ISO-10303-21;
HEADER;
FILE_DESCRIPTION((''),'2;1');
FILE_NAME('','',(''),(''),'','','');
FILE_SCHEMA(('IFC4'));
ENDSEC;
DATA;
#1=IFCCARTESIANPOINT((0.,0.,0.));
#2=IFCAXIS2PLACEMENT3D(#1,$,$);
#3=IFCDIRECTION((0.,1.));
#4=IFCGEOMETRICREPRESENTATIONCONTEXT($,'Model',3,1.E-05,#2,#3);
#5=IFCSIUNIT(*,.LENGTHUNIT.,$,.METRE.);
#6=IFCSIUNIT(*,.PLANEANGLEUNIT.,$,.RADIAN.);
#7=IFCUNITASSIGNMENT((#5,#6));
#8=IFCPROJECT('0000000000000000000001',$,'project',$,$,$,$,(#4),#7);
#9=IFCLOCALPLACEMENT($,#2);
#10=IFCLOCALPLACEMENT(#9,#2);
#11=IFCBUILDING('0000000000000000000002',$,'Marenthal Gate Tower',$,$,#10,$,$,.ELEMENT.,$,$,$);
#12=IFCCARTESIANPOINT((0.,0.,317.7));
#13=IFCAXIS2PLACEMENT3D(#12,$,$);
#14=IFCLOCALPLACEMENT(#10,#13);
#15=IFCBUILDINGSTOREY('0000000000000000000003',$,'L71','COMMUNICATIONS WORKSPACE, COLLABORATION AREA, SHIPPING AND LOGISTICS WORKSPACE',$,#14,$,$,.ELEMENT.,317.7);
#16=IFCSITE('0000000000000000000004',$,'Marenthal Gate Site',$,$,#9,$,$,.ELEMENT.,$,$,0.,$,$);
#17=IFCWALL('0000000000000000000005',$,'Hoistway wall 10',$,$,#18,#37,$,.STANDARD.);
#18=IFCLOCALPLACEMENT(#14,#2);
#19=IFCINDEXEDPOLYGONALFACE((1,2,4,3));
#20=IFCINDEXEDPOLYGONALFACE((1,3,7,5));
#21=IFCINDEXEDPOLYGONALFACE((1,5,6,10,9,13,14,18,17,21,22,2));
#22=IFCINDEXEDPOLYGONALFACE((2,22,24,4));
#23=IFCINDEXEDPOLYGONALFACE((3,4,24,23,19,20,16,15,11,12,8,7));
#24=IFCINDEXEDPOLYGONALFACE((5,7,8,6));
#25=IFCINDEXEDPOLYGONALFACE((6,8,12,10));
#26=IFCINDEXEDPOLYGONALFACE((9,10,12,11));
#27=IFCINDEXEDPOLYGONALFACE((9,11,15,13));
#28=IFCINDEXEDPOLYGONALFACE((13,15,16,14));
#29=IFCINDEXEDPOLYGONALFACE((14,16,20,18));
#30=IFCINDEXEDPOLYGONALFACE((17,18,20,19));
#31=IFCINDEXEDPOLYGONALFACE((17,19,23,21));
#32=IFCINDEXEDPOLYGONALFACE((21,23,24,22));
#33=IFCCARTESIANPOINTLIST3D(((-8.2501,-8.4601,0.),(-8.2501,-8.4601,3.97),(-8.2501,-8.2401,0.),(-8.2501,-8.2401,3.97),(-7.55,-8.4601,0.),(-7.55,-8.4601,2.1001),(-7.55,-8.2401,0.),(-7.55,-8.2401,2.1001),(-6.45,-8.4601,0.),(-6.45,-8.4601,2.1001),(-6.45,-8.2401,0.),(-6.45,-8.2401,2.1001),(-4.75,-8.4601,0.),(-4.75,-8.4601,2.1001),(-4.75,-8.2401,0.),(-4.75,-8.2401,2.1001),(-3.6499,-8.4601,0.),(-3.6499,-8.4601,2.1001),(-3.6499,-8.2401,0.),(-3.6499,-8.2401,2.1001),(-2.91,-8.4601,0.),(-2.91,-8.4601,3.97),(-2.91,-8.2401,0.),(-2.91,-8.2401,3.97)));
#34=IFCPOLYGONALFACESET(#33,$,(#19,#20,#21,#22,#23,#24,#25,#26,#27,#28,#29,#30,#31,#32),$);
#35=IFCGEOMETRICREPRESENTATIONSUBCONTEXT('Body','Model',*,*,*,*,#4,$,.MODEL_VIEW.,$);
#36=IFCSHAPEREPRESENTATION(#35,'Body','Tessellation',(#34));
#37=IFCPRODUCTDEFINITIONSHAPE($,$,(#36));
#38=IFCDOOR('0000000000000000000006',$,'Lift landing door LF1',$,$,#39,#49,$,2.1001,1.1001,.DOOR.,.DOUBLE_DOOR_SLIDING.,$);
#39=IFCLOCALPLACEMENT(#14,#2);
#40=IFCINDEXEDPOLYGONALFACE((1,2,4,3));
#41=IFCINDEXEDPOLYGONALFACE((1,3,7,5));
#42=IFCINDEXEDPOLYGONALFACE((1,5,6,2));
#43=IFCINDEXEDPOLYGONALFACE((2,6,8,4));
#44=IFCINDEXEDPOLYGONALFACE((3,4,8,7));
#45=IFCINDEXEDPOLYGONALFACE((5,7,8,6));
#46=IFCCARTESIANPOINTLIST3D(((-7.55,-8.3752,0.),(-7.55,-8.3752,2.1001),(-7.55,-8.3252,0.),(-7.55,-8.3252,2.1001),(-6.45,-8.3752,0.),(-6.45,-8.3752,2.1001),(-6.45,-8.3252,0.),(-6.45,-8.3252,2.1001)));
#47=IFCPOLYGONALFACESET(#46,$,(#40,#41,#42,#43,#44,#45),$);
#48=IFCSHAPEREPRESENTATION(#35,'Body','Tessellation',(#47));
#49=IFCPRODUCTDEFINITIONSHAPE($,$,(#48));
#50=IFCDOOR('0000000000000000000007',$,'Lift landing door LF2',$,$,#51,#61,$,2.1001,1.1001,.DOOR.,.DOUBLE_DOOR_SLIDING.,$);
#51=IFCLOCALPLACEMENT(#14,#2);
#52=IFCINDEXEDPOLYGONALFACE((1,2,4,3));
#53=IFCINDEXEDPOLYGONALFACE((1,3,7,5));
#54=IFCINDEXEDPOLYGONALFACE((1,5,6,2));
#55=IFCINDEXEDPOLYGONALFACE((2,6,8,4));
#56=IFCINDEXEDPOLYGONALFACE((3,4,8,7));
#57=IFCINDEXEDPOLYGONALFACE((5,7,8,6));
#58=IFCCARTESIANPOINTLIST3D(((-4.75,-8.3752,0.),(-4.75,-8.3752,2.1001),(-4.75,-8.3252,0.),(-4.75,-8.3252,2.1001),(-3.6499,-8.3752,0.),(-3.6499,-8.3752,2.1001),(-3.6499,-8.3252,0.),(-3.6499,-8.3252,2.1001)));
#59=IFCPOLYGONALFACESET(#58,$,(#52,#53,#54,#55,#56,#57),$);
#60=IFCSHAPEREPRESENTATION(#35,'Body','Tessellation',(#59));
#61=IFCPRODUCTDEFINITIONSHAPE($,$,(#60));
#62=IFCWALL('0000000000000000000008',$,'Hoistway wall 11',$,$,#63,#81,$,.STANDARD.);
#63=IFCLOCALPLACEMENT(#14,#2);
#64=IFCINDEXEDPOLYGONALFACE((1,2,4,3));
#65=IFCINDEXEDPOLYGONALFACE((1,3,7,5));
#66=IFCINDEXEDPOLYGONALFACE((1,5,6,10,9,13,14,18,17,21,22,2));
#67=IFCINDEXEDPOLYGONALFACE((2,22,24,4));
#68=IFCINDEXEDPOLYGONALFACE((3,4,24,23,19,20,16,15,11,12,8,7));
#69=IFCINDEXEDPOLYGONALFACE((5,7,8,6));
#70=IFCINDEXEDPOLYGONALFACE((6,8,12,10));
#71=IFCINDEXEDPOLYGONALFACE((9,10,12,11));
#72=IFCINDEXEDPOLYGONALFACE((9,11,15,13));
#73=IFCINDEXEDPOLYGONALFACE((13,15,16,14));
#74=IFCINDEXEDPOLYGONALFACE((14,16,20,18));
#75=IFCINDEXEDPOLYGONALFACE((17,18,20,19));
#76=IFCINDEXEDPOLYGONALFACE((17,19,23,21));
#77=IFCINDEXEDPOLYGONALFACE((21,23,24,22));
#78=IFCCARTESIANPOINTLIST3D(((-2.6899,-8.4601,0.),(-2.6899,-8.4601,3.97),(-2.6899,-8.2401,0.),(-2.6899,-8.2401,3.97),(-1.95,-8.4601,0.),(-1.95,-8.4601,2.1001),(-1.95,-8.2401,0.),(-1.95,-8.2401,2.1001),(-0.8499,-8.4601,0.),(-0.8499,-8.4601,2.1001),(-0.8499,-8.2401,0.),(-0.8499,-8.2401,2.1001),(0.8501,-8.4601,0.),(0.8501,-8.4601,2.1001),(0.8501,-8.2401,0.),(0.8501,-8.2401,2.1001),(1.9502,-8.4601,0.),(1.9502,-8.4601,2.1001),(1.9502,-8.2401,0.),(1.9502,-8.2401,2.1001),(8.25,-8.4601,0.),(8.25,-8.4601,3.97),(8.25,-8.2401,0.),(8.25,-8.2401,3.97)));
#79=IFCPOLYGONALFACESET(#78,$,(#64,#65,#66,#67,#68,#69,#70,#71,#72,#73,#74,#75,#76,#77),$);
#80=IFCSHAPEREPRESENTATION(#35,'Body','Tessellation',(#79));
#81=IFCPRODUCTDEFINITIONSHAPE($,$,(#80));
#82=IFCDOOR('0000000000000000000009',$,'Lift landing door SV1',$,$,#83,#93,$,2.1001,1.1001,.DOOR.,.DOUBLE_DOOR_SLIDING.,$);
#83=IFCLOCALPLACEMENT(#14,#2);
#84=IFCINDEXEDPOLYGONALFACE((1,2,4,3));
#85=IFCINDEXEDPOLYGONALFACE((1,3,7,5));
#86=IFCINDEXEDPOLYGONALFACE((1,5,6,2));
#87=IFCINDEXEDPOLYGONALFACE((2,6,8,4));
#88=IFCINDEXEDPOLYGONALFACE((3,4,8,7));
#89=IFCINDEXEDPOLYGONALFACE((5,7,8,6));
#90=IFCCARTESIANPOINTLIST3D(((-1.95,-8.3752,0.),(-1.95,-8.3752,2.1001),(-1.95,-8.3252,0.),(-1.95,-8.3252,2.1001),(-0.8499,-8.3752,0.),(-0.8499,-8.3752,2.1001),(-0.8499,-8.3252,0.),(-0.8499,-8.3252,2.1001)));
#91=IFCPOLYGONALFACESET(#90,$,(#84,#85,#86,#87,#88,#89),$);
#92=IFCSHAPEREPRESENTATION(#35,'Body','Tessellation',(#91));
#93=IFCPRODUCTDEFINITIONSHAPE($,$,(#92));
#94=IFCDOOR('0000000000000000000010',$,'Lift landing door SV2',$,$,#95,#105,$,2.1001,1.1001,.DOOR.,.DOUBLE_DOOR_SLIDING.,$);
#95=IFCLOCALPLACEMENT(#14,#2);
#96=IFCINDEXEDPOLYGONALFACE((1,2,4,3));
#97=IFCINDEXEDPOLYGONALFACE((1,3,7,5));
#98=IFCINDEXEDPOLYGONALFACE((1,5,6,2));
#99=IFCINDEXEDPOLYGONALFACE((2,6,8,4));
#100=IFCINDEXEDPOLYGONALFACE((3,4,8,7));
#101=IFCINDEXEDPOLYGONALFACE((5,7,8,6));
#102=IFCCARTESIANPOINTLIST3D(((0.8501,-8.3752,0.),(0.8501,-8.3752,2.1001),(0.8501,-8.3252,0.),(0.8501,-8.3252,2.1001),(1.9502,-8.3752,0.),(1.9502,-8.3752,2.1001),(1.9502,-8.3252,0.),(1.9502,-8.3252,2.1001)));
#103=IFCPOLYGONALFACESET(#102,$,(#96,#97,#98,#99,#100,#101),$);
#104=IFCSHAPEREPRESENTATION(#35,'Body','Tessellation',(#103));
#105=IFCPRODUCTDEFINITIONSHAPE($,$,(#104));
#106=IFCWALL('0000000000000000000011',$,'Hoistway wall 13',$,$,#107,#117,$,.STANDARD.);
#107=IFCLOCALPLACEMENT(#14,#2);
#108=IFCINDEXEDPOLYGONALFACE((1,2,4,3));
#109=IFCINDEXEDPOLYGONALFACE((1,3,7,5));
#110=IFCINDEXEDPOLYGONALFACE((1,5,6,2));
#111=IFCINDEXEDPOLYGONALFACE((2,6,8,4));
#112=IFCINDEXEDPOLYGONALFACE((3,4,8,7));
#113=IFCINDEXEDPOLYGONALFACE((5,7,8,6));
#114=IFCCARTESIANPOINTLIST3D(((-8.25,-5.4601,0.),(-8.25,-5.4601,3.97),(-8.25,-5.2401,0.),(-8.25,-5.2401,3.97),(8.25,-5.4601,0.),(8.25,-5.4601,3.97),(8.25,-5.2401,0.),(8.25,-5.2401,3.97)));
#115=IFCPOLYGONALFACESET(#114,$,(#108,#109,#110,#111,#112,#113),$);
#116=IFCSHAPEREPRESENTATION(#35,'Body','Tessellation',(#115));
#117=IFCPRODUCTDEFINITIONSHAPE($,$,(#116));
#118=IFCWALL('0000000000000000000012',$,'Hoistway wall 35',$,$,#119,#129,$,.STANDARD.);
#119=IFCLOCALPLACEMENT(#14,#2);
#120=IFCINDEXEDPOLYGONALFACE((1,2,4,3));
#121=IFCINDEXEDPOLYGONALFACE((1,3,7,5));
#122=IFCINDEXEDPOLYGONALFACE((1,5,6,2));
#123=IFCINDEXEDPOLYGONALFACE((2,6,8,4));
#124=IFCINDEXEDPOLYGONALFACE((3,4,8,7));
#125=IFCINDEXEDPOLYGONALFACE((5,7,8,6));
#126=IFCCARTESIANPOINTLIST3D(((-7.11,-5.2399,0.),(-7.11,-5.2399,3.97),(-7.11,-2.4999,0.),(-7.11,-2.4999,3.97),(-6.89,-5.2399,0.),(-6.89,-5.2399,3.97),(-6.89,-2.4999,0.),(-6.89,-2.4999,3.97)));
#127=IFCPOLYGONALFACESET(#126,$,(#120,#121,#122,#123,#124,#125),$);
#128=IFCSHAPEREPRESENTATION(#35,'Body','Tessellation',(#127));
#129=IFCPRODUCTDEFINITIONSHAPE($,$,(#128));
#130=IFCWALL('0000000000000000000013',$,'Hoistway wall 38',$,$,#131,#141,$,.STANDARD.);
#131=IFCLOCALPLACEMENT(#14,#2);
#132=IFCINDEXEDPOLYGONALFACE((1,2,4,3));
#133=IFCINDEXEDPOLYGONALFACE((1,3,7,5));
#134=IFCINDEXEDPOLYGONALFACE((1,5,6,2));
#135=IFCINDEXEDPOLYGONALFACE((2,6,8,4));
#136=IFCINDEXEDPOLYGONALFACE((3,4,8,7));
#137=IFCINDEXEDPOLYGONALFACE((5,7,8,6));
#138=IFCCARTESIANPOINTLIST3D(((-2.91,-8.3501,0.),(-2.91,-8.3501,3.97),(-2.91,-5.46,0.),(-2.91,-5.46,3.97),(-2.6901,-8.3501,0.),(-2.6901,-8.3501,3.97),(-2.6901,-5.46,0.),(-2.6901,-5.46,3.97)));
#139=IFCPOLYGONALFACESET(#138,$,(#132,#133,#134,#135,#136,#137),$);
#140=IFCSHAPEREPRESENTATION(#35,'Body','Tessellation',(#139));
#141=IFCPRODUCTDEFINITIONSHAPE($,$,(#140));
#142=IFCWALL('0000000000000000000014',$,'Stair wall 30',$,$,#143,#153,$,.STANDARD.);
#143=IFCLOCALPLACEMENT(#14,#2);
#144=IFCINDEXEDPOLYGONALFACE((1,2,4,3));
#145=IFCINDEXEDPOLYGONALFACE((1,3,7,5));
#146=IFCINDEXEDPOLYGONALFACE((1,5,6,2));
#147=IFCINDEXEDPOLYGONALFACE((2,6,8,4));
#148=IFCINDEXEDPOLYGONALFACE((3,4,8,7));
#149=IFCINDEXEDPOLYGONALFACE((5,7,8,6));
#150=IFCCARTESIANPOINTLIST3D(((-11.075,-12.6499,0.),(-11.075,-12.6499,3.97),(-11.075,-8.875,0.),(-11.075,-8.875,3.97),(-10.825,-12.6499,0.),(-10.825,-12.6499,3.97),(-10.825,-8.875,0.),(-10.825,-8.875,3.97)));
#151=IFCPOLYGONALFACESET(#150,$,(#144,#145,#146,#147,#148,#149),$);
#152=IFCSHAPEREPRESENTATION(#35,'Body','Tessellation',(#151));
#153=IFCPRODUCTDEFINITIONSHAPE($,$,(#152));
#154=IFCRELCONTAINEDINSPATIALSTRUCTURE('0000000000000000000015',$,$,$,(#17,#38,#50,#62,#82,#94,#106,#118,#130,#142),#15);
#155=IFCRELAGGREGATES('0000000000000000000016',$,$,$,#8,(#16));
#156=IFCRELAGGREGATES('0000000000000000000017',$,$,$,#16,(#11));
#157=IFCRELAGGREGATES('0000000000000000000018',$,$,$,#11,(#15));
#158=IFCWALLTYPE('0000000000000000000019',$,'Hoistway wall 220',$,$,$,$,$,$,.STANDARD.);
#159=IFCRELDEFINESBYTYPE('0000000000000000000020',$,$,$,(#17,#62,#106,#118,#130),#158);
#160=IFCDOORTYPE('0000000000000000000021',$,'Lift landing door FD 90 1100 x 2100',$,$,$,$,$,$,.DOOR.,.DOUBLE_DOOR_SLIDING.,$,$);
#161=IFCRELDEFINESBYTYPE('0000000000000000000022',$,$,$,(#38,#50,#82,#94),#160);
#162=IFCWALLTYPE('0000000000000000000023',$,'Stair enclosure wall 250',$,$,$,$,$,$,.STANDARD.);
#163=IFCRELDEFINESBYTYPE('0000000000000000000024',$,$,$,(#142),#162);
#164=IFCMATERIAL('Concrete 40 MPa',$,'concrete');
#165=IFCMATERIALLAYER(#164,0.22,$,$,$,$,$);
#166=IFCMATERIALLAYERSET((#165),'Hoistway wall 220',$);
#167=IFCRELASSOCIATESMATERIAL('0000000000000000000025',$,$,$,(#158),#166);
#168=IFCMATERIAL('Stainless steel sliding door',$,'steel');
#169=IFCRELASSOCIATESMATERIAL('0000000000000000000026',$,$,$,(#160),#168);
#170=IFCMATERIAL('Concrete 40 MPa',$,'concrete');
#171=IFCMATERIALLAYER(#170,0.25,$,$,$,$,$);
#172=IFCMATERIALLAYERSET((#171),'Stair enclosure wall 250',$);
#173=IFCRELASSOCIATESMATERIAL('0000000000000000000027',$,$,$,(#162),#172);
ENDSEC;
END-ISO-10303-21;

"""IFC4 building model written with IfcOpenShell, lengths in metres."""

from ifc_helpers import new_model, si_unit, direction, frame, frame_2d, origin, place, context, subcontext, project, spatial, rectangle, extrude, material, layer, layer_set, type_object, element, fill, save


model = new_model("IFC4")

# Units and contexts
model_context = context("Model", 3, precision=1e-05, world=origin(), true_north=direction((0.0, 1.0)))
body_context = subcontext(model_context, "Body", "Model", "MODEL_VIEW")
ifc_project = project(units=[si_unit("LENGTHUNIT", "METRE"), si_unit("PLANEANGLEUNIT", "RADIAN")], contexts=[model_context])

# Site, building, storey
site_placement = place(None, origin())
site = spatial("IfcSite", under=ifc_project, at=site_placement, Name="Marenthal Gate Site", CompositionType="ELEMENT", RefElevation=0.0)
building_placement = place(site_placement, origin())
building = spatial("IfcBuilding", under=site, at=building_placement, Name="Marenthal Gate Tower", CompositionType="ELEMENT")
storey_placement = place(building_placement, frame((0.0, 0.0, 317.7)))
storey = spatial("IfcBuildingStorey", under=building, at=storey_placement, Name="L71", Description="COMMUNICATIONS WORKSPACE, COLLABORATION AREA, SHIPPING AND LOGISTICS WORKSPACE", CompositionType="ELEMENT", Elevation=317.7)

# Walls, openings, doors
ifc_material_1 = material(Name="Concrete 40 MPa", Category="concrete")
ifc_layer_1 = layer(ifc_material_1, 0.22)
ifc_layer_set_1 = layer_set([ifc_layer_1], Name="Hoistway wall 220")
wall_type_1 = type_object("IfcWallType", Name="Hoistway wall 220", PredefinedType="STANDARD", material=ifc_layer_set_1)
wall_1_placement = place(storey_placement, frame((-8.25, -8.3501, 0.0), z_axis=(0.0, 0.0, 1.0), x_axis=(1.0, 0.0, 0.0)))
wall_1 = element("IfcWall", 1, at=wall_1_placement, inside=storey, type_object=wall_type_1, Name="Hoistway wall 10", PredefinedType="STANDARD", context=body_context, shape_type="SweptSolid", body=[
    extrude(rectangle(XDim=5.3401, YDim=0.22, at=frame_2d((2.6699, 0.0))), origin(), (0.0, 0.0, 1.0), 3.97),
])
opening_1_placement = place(wall_1_placement, frame((0.7, 0.0, 0.0)))
opening_1 = element("IfcOpeningElement", 2, at=opening_1_placement, cuts=wall_1, PredefinedType="OPENING", context=body_context, shape_type="SweptSolid", body=[
    extrude(rectangle(XDim=1.1001, YDim=2.1001, at=frame_2d((0.55, 1.05))), frame((0.0, 0.1201, 0.0), z_axis=(0.0, -1.0, 0.0), x_axis=(1.0, 0.0, 0.0)), (0.0, 0.0, 1.0), 0.24),
])
opening_2_placement = place(wall_1_placement, frame((3.5, 0.0, 0.0)))
opening_2 = element("IfcOpeningElement", 3, at=opening_2_placement, cuts=wall_1, PredefinedType="OPENING", context=body_context, shape_type="SweptSolid", body=[
    extrude(rectangle(XDim=1.1001, YDim=2.1001, at=frame_2d((0.55, 1.05))), frame((0.0, 0.1201, 0.0), z_axis=(0.0, -1.0, 0.0), x_axis=(1.0, 0.0, 0.0)), (0.0, 0.0, 1.0), 0.24),
])
ifc_material_2 = material(Name="Stainless steel sliding door", Category="steel")
door_type_1 = type_object("IfcDoorType", Name="Lift landing door FD 90 1100 x 2100", OperationType="DOUBLE_DOOR_SLIDING", PredefinedType="DOOR", material=ifc_material_2)
door_1_placement = place(opening_1_placement, origin())
door_1 = element("IfcDoor", 4, at=door_1_placement, inside=storey, type_object=door_type_1, Name="Lift landing door LF1", OperationType="DOUBLE_DOOR_SLIDING", OverallHeight=2.1001, OverallWidth=1.1001, PredefinedType="DOOR", context=body_context, shape_type="SweptSolid", body=[
    extrude(rectangle(XDim=1.1001, YDim=2.1001, at=frame_2d((0.55, 1.05))), frame((0.0, 0.0249, 0.0), z_axis=(0.0, -1.0, 0.0), x_axis=(1.0, 0.0, 0.0)), (0.0, 0.0, 1.0), 0.05),
])
fill(opening_1, door_1)
door_2_placement = place(opening_2_placement, origin())
door_2 = element("IfcDoor", 5, at=door_2_placement, inside=storey, type_object=door_type_1, Name="Lift landing door LF2", OperationType="DOUBLE_DOOR_SLIDING", OverallHeight=2.1001, OverallWidth=1.1001, PredefinedType="DOOR", context=body_context, shape_type="SweptSolid", body=[
    extrude(rectangle(XDim=1.1001, YDim=2.1001, at=frame_2d((0.55, 1.05))), frame((0.0, 0.0249, 0.0), z_axis=(0.0, -1.0, 0.0), x_axis=(1.0, 0.0, 0.0)), (0.0, 0.0, 1.0), 0.05),
])
fill(opening_2, door_2)
wall_2_placement = place(storey_placement, frame((-2.6899, -8.3501, 0.0), z_axis=(0.0, 0.0, 1.0), x_axis=(1.0, 0.0, 0.0)))
wall_2 = element("IfcWall", 6, at=wall_2_placement, inside=storey, type_object=wall_type_1, Name="Hoistway wall 11", PredefinedType="STANDARD", context=body_context, shape_type="SweptSolid", body=[
    extrude(rectangle(XDim=10.9399, YDim=0.22, at=frame_2d((5.47, 0.0))), origin(), (0.0, 0.0, 1.0), 3.97),
])
opening_3_placement = place(wall_2_placement, frame((0.74, 0.0, 0.0)))
opening_3 = element("IfcOpeningElement", 7, at=opening_3_placement, cuts=wall_2, PredefinedType="OPENING", context=body_context, shape_type="SweptSolid", body=[
    extrude(rectangle(XDim=1.1001, YDim=2.1001, at=frame_2d((0.55, 1.05))), frame((0.0, 0.1201, 0.0), z_axis=(0.0, -1.0, 0.0), x_axis=(1.0, 0.0, 0.0)), (0.0, 0.0, 1.0), 0.24),
])
opening_4_placement = place(wall_2_placement, frame((3.54, 0.0, 0.0)))
opening_4 = element("IfcOpeningElement", 8, at=opening_4_placement, cuts=wall_2, PredefinedType="OPENING", context=body_context, shape_type="SweptSolid", body=[
    extrude(rectangle(XDim=1.1001, YDim=2.1001, at=frame_2d((0.55, 1.05))), frame((0.0, 0.1201, 0.0), z_axis=(0.0, -1.0, 0.0), x_axis=(1.0, 0.0, 0.0)), (0.0, 0.0, 1.0), 0.24),
])
door_3_placement = place(opening_3_placement, origin())
door_3 = element("IfcDoor", 9, at=door_3_placement, inside=storey, type_object=door_type_1, Name="Lift landing door SV1", OperationType="DOUBLE_DOOR_SLIDING", OverallHeight=2.1001, OverallWidth=1.1001, PredefinedType="DOOR", context=body_context, shape_type="SweptSolid", body=[
    extrude(rectangle(XDim=1.1001, YDim=2.1001, at=frame_2d((0.55, 1.05))), frame((0.0, 0.0249, 0.0), z_axis=(0.0, -1.0, 0.0), x_axis=(1.0, 0.0, 0.0)), (0.0, 0.0, 1.0), 0.05),
])
fill(opening_3, door_3)
door_4_placement = place(opening_4_placement, origin())
door_4 = element("IfcDoor", 10, at=door_4_placement, inside=storey, type_object=door_type_1, Name="Lift landing door SV2", OperationType="DOUBLE_DOOR_SLIDING", OverallHeight=2.1001, OverallWidth=1.1001, PredefinedType="DOOR", context=body_context, shape_type="SweptSolid", body=[
    extrude(rectangle(XDim=1.1001, YDim=2.1001, at=frame_2d((0.55, 1.05))), frame((0.0, 0.0249, 0.0), z_axis=(0.0, -1.0, 0.0), x_axis=(1.0, 0.0, 0.0)), (0.0, 0.0, 1.0), 0.05),
])
fill(opening_4, door_4)

# Walls
wall_3_placement = place(storey_placement, frame((-8.25, -5.3501, 0.0), z_axis=(0.0, 0.0, 1.0), x_axis=(1.0, 0.0, 0.0)))
element("IfcWall", 11, at=wall_3_placement, inside=storey, type_object=wall_type_1, Name="Hoistway wall 13", PredefinedType="STANDARD", context=body_context, shape_type="SweptSolid", body=[
    extrude(rectangle(XDim=16.5, YDim=0.22, at=frame_2d((8.25, 0.0))), origin(), (0.0, 0.0, 1.0), 3.97),
])
wall_4_placement = place(storey_placement, frame((-7.0, -5.24, 0.0), z_axis=(0.0, 0.0, 1.0), x_axis=(0.0, 1.0, 0.0)))
element("IfcWall", 12, at=wall_4_placement, inside=storey, type_object=wall_type_1, Name="Hoistway wall 35", PredefinedType="STANDARD", context=body_context, shape_type="SweptSolid", body=[
    extrude(rectangle(XDim=2.74, YDim=0.22, at=frame_2d((1.3701, 0.0))), origin(), (0.0, 0.0, 1.0), 3.97),
])
wall_5_placement = place(storey_placement, frame((-2.8, -8.3501, 0.0), z_axis=(0.0, 0.0, 1.0), x_axis=(0.0, 1.0, 0.0)))
element("IfcWall", 13, at=wall_5_placement, inside=storey, type_object=wall_type_1, Name="Hoistway wall 38", PredefinedType="STANDARD", context=body_context, shape_type="SweptSolid", body=[
    extrude(rectangle(XDim=2.8901, YDim=0.22, at=frame_2d((1.4451, 0.0))), origin(), (0.0, 0.0, 1.0), 3.97),
])
ifc_material_3 = material(Name="Concrete 40 MPa", Category="concrete")
ifc_layer_2 = layer(ifc_material_3, 0.25)
ifc_layer_set_2 = layer_set([ifc_layer_2], Name="Stair enclosure wall 250")
wall_type_2 = type_object("IfcWallType", Name="Stair enclosure wall 250", PredefinedType="STANDARD", material=ifc_layer_set_2)
wall_6_placement = place(storey_placement, frame((-10.95, -12.6499, 0.0), z_axis=(0.0, 0.0, 1.0), x_axis=(0.0, 1.0, 0.0)))
element("IfcWall", 14, at=wall_6_placement, inside=storey, type_object=wall_type_2, Name="Stair wall 30", PredefinedType="STANDARD", context=body_context, shape_type="SweptSolid", body=[
    extrude(rectangle(XDim=3.7749, YDim=0.25, at=frame_2d((1.8875, 0.0))), origin(), (0.0, 0.0, 1.0), 3.97),
])

save(model, "model.ifc")
